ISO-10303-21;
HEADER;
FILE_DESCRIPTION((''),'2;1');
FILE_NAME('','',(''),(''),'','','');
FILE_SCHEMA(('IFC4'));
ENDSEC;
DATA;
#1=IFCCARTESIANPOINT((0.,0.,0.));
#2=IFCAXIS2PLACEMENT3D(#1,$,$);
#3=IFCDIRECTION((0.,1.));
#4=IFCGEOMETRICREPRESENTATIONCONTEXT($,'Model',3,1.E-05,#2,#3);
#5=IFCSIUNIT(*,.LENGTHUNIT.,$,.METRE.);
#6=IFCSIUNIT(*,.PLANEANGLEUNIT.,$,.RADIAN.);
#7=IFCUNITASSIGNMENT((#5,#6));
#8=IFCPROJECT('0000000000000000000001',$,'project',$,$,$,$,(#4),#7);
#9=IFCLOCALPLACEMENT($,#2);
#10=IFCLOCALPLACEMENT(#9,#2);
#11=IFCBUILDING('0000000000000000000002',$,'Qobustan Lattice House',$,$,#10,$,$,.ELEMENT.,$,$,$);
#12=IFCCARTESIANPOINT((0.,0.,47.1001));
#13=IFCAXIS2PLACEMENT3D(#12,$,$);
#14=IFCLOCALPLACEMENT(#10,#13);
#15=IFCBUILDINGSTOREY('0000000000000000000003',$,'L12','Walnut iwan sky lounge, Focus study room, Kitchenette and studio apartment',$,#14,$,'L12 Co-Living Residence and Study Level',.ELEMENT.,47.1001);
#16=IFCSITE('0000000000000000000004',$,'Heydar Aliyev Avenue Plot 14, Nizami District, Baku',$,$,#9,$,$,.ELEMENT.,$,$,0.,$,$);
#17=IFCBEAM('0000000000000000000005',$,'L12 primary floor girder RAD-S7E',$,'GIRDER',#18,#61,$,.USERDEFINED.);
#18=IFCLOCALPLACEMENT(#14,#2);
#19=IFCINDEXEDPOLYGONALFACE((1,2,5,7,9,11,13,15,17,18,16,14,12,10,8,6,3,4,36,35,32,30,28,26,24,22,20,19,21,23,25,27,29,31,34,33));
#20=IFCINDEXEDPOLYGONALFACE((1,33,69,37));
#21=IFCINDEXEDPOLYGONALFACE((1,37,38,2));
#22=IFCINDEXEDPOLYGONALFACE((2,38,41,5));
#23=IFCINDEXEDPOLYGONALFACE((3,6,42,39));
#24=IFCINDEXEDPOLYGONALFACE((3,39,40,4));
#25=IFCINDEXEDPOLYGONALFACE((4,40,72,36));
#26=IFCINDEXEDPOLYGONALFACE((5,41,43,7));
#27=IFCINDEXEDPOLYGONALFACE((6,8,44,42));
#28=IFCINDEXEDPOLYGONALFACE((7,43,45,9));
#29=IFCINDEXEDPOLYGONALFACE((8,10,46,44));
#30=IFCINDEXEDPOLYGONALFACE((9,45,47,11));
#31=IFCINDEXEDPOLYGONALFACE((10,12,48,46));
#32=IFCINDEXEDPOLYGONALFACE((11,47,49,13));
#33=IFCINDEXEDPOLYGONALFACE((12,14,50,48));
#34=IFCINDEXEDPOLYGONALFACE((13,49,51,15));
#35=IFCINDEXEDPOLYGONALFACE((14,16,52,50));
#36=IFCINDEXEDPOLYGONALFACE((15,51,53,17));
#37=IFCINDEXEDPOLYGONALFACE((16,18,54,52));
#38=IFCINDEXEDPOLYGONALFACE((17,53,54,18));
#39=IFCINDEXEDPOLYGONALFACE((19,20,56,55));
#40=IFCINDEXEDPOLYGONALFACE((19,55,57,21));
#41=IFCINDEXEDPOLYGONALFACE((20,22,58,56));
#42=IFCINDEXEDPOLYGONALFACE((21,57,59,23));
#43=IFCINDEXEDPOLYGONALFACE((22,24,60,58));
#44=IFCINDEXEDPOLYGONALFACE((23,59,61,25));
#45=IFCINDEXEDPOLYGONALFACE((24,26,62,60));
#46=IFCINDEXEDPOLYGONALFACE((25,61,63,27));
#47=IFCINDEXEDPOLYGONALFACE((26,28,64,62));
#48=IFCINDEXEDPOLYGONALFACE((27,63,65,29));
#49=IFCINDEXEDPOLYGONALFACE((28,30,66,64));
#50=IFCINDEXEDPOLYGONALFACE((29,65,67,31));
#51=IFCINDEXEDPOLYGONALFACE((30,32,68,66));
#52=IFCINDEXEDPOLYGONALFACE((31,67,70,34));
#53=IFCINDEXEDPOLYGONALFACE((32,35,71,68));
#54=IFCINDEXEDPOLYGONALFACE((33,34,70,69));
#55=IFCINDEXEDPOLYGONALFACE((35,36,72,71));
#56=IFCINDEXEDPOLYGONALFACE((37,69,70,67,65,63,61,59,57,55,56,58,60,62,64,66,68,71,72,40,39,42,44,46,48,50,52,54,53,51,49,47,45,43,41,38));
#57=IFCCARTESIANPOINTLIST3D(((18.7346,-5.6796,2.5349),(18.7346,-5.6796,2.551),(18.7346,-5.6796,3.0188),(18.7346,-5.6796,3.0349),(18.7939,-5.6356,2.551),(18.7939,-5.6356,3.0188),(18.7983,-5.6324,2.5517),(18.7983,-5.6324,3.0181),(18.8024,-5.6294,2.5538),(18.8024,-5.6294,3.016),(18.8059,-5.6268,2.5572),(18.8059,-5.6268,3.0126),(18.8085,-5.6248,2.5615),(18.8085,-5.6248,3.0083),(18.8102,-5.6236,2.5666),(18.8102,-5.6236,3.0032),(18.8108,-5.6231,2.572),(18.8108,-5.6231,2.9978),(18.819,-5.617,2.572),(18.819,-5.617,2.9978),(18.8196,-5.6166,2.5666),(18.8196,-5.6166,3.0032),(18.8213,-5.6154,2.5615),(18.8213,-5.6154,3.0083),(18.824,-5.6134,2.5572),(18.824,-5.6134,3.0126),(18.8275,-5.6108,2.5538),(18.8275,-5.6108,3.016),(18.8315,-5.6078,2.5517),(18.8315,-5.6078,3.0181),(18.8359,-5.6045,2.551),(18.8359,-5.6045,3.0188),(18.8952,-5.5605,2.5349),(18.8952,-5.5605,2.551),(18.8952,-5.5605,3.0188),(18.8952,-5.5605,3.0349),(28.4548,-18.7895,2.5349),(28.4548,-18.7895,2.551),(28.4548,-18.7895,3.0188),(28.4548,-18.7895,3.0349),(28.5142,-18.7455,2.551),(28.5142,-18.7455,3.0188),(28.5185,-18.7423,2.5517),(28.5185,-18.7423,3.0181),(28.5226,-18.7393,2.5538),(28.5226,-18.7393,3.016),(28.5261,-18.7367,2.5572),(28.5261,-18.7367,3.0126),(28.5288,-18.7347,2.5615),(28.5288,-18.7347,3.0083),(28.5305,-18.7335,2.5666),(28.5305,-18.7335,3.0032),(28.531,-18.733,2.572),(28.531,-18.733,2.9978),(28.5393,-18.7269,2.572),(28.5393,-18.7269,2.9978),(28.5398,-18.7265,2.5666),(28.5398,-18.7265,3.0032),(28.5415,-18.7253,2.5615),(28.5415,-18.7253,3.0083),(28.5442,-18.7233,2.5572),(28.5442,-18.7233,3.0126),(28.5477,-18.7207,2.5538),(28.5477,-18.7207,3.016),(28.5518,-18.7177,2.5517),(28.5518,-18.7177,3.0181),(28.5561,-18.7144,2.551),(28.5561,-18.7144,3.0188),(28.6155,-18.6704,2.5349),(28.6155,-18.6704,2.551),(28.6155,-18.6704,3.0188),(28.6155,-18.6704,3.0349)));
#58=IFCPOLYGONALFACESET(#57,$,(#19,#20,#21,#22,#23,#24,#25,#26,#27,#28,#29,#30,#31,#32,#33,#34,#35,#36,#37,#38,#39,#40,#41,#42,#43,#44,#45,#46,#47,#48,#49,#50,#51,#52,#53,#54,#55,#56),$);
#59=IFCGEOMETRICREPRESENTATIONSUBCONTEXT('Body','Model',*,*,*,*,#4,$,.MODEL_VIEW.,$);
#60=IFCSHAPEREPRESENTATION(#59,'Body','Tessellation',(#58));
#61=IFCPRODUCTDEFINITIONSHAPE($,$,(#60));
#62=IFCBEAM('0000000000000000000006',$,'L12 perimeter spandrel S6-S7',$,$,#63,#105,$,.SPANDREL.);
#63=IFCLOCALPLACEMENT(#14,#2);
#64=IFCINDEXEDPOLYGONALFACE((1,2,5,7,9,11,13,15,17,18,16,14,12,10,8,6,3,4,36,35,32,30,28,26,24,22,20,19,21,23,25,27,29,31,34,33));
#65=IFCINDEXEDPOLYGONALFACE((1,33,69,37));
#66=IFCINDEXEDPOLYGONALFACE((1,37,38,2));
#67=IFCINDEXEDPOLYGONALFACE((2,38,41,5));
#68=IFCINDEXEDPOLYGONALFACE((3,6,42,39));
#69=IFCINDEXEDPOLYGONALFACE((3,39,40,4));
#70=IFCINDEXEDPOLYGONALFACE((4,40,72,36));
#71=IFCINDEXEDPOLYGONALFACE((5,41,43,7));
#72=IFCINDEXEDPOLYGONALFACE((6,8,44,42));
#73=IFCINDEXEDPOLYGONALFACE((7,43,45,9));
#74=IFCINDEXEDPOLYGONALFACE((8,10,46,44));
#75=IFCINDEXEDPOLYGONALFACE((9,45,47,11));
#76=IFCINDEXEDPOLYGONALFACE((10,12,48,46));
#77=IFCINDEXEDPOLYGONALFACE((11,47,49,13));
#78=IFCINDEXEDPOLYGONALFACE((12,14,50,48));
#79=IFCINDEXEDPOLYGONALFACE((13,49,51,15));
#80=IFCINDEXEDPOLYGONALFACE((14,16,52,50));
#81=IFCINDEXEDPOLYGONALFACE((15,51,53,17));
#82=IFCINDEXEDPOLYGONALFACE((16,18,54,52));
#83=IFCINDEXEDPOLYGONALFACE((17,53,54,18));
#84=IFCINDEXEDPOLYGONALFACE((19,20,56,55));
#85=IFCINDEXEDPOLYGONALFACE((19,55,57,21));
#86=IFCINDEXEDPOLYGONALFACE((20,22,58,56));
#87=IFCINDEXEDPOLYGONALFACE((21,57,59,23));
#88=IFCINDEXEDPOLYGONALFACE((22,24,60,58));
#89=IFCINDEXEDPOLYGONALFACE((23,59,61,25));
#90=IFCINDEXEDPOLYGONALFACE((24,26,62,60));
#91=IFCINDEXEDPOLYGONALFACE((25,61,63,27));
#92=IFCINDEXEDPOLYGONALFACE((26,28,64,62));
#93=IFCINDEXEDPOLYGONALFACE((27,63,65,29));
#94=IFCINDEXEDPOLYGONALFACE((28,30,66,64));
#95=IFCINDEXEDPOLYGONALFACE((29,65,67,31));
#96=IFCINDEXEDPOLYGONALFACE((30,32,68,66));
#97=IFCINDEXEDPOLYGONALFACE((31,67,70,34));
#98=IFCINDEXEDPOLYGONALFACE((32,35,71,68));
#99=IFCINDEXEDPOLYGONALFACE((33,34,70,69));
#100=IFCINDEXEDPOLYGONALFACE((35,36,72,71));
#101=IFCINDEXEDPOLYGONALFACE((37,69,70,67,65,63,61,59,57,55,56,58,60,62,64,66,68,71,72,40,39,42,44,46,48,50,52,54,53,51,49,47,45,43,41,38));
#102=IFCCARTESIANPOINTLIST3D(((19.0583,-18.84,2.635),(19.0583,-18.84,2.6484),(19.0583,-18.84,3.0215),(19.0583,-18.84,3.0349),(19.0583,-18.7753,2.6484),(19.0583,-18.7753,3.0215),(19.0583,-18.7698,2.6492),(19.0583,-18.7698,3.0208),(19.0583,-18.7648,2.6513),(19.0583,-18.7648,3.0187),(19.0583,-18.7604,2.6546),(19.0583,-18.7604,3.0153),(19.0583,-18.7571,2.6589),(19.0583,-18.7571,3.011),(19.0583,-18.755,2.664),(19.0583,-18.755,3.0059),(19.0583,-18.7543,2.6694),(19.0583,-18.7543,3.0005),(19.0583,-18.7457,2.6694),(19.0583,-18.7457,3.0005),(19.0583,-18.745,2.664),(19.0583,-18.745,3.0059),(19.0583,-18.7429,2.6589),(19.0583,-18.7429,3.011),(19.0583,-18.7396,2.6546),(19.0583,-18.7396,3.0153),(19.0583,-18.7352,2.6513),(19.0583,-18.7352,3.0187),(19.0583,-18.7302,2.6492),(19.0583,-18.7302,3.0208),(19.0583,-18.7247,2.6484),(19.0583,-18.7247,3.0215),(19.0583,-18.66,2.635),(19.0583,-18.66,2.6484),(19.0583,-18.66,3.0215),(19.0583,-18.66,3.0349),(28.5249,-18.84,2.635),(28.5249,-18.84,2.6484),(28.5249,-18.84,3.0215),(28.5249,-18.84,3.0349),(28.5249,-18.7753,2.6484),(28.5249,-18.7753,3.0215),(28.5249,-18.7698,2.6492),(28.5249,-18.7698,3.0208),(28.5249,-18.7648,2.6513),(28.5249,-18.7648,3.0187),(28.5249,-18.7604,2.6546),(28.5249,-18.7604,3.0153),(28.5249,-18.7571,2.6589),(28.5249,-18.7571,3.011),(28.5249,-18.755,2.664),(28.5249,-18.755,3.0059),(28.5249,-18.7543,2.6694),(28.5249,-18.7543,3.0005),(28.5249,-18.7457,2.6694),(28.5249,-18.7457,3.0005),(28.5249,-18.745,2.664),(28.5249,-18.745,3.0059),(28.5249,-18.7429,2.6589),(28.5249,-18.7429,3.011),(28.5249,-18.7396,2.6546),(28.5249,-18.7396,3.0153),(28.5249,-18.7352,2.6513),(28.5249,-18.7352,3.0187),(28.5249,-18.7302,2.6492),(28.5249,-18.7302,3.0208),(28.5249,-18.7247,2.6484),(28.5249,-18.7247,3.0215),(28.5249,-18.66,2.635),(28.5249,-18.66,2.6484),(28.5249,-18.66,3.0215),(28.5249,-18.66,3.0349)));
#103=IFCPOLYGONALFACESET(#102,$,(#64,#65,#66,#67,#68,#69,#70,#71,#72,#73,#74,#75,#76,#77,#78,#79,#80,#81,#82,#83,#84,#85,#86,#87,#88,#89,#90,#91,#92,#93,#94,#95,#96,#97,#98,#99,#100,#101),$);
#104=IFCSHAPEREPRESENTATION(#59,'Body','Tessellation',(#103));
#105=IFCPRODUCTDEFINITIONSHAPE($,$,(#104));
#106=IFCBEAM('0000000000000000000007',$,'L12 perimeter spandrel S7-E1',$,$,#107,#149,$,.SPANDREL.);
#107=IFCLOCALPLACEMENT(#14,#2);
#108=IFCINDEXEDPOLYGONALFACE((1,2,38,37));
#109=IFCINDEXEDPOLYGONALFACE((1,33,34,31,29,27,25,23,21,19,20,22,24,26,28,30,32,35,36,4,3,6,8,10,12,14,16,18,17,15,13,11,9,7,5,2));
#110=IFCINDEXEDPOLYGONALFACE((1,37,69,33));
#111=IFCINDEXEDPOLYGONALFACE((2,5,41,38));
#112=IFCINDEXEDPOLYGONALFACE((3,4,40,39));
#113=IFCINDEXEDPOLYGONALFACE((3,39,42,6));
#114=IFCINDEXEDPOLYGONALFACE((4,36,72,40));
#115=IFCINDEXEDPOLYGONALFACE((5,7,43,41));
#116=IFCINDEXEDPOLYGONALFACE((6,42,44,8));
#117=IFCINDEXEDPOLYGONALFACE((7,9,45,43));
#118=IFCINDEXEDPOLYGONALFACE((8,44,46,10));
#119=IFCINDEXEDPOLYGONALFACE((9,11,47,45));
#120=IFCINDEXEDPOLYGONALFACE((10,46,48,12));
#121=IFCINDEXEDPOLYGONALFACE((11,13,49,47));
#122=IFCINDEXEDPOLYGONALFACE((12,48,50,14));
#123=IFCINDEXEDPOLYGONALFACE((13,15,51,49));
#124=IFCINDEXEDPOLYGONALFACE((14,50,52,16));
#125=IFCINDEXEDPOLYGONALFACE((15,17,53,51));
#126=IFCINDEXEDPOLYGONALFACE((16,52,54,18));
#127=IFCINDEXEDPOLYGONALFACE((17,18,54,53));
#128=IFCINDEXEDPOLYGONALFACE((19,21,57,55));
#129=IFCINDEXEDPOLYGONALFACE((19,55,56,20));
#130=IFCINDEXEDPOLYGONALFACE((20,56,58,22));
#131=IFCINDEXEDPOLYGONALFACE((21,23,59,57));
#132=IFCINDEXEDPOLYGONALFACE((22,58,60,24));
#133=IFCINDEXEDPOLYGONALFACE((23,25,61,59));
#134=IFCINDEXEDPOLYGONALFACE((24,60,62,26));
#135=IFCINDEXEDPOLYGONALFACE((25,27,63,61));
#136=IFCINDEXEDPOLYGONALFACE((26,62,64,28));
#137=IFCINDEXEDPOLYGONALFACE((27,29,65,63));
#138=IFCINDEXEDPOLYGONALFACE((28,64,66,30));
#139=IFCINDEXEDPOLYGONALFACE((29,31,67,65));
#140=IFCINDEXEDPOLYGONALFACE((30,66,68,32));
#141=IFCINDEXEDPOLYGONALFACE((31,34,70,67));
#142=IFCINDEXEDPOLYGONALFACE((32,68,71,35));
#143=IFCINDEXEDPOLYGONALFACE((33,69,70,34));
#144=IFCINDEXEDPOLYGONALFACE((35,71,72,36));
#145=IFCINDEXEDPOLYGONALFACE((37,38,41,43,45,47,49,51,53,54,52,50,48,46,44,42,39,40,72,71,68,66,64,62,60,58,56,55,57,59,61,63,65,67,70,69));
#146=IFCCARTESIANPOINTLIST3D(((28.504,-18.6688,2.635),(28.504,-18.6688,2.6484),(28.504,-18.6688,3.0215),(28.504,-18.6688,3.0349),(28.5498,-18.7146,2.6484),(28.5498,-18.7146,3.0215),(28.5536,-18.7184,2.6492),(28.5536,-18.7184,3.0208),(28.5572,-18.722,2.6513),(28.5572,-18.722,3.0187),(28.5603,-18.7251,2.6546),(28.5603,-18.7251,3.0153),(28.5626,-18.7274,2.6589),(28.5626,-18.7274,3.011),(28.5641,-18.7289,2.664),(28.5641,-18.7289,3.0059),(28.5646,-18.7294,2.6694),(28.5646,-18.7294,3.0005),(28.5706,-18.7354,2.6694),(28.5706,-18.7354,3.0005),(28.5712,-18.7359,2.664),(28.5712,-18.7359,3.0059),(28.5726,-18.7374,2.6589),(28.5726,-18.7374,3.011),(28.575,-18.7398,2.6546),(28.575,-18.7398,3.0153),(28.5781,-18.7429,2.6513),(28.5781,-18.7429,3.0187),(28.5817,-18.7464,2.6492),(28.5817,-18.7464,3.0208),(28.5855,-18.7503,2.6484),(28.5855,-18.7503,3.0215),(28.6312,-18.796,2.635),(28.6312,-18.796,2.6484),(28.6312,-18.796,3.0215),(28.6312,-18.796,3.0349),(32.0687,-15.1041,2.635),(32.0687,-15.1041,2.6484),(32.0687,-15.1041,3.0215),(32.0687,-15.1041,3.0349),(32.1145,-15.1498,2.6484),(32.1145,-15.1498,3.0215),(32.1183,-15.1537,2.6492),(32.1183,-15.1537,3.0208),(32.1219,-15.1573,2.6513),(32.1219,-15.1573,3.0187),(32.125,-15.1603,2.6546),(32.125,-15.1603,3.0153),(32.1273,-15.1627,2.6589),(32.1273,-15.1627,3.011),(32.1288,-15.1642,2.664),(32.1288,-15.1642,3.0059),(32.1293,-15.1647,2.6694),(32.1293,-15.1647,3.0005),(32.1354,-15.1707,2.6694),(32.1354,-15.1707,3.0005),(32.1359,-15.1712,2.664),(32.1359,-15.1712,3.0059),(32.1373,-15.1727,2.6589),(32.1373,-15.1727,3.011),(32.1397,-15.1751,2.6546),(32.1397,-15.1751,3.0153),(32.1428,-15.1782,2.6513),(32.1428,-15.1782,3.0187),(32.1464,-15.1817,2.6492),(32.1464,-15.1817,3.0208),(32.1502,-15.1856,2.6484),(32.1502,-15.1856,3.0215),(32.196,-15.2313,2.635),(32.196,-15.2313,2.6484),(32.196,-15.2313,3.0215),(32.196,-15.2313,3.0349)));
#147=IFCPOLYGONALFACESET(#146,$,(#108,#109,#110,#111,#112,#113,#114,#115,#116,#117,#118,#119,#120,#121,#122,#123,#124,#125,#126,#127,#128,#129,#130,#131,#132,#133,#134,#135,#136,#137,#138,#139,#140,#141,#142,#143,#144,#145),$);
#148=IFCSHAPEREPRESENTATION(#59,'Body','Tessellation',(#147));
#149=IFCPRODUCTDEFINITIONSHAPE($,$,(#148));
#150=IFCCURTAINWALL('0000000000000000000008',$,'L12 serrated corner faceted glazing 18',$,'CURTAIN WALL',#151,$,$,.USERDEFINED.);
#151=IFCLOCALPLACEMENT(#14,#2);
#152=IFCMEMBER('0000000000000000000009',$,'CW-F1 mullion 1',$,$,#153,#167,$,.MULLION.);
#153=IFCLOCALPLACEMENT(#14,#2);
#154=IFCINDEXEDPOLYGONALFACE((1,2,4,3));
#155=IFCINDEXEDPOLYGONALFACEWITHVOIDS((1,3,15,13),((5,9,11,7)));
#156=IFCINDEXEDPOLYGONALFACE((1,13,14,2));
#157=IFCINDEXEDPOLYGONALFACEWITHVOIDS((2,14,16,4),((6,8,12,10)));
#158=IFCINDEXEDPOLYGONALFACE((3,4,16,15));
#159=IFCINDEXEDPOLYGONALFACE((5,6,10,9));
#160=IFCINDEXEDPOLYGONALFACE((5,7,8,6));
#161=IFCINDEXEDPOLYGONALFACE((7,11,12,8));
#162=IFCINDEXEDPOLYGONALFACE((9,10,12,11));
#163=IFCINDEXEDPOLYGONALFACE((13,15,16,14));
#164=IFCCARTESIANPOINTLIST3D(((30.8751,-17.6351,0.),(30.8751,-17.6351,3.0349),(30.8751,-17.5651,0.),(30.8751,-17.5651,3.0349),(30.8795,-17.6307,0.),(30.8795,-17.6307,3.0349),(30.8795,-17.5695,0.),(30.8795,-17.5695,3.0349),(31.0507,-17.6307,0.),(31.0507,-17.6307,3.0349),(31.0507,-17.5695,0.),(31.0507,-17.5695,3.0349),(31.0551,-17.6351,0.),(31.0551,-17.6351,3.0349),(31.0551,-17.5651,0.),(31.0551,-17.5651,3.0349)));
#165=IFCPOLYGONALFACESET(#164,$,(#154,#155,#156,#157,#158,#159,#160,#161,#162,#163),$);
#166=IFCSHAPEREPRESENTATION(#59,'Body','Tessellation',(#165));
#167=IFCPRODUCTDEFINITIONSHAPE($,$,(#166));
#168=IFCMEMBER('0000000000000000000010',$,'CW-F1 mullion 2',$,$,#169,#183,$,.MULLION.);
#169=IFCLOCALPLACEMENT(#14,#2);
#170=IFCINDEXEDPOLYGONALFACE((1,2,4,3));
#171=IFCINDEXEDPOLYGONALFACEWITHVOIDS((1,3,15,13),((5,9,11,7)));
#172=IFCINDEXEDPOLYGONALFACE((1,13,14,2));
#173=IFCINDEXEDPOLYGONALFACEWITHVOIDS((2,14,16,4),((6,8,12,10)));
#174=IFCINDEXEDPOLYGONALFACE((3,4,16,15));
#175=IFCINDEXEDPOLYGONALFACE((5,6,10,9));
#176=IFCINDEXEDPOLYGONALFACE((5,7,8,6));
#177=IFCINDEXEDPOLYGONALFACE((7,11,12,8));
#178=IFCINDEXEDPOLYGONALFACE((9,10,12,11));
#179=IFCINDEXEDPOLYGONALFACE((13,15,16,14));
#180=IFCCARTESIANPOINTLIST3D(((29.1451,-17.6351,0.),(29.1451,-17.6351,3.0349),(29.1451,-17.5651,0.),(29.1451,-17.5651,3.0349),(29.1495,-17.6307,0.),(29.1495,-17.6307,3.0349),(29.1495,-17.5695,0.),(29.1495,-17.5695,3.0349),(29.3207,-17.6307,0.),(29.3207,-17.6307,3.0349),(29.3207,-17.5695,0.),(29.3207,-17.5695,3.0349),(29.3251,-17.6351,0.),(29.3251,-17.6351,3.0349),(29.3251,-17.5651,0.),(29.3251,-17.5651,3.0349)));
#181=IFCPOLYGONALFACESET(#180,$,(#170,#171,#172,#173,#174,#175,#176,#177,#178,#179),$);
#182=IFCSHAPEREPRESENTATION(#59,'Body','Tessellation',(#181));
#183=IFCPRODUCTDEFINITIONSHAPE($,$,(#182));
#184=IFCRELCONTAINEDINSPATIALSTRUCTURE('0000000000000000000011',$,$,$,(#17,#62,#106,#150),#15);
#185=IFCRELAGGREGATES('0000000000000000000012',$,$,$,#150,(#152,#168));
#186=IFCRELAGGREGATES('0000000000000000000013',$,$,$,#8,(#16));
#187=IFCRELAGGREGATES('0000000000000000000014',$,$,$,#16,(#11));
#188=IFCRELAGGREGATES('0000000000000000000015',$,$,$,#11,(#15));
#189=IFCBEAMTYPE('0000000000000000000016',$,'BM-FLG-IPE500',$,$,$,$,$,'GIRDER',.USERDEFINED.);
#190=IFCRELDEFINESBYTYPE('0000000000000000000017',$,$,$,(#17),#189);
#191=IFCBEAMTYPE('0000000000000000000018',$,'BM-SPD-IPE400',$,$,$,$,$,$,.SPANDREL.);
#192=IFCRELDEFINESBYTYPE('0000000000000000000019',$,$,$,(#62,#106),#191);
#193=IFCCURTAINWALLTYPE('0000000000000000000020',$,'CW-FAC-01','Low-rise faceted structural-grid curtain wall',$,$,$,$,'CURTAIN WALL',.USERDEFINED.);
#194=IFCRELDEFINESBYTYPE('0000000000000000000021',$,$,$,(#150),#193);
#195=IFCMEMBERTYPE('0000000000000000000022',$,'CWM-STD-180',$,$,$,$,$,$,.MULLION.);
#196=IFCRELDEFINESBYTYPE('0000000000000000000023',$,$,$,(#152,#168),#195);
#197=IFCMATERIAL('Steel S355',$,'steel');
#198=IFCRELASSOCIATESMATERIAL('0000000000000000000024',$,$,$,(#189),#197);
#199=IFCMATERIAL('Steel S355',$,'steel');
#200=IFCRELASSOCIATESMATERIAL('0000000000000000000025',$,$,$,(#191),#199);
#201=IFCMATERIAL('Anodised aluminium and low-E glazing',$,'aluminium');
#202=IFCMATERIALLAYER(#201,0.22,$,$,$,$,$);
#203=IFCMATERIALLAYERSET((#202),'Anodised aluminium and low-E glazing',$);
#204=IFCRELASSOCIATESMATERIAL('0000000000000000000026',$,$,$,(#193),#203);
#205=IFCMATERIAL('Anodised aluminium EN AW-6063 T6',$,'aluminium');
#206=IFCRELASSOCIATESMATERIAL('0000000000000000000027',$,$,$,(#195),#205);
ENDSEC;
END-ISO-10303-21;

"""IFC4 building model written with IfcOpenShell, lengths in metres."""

from ifc_helpers import new_model, si_unit, direction, frame, origin, origin_2d, place, context, subcontext, project, spatial, hollow_rectangle, i_section, extrude, material, layer, layer_set, material_profile, profile_set, type_object, element, aggregate, save


model = new_model("IFC4")

# Units and contexts
model_context = context("Model", 3, precision=1e-05, world=origin(), true_north=direction((0.0, 1.0)))
body_context = subcontext(model_context, "Body", "Model", "MODEL_VIEW")
ifc_project = project(units=[si_unit("LENGTHUNIT", "METRE"), si_unit("PLANEANGLEUNIT", "RADIAN")], contexts=[model_context])

# Site, building, storey
site_placement = place(None, origin())
site = spatial("IfcSite", under=ifc_project, at=site_placement, Name="Heydar Aliyev Avenue Plot 14, Nizami District, Baku", CompositionType="ELEMENT", RefElevation=0.0)
building_placement = place(site_placement, origin())
building = spatial("IfcBuilding", under=site, at=building_placement, Name="Qobustan Lattice House", CompositionType="ELEMENT")
storey_placement = place(building_placement, frame((0.0, 0.0, 47.1001)))
storey = spatial("IfcBuildingStorey", under=building, at=storey_placement, Name="L12", Description="Walnut iwan sky lounge, Focus study room, Kitchenette and studio apartment", LongName="L12 Co-Living Residence and Study Level", CompositionType="ELEMENT", Elevation=47.1001)

# Beams
ifc_material_1 = material(Name="Steel S355", Category="steel")
ifc_material_profile_1 = material_profile(ifc_material_1, i_section(OverallWidth=0.2, OverallDepth=0.5, WebThickness=0.0103, FlangeThickness=0.0161, FilletRadius=0.021, at=origin_2d()), Name="IPE500")
ifc_profile_set_1 = profile_set([ifc_material_profile_1], Name="Steel S355")
beam_type_1 = type_object("IfcBeamType", Name="BM-FLG-IPE500", ElementType="GIRDER", PredefinedType="USERDEFINED", material=ifc_profile_set_1)
beam_1_placement = place(storey_placement, frame((28.5352, -18.73, 2.7849), z_axis=(-0.595592, 0.803287, 0.0), x_axis=(-0.803287, -0.595592, 0.0)))
element("IfcBeam", 1, at=beam_1_placement, inside=storey, type_object=beam_type_1, Name="L12 primary floor girder RAD-S7E", ObjectType="GIRDER", PredefinedType="USERDEFINED", context=body_context, shape_type="SweptSolid", body=[
    extrude(i_section(OverallWidth=0.2, OverallDepth=0.5, WebThickness=0.0103, FlangeThickness=0.0161, FilletRadius=0.021, at=origin_2d()), origin(), (0.0, 0.0, 1.0), 16.3203),
])
ifc_material_2 = material(Name="Steel S355", Category="steel")
ifc_material_profile_2 = material_profile(ifc_material_2, i_section(OverallWidth=0.1799, OverallDepth=0.3999, WebThickness=0.0085, FlangeThickness=0.0134, FilletRadius=0.021, at=origin_2d()), Name="IPE400")
ifc_profile_set_2 = profile_set([ifc_material_profile_2], Name="Steel S355")
beam_type_2 = type_object("IfcBeamType", Name="BM-SPD-IPE400", PredefinedType="SPANDREL", material=ifc_profile_set_2)
beam_2_placement = place(storey_placement, frame((19.0583, -18.75, 2.835), z_axis=(1.0, 0.0, 0.0), x_axis=(0.0, 1.0, 0.0)))
element("IfcBeam", 2, at=beam_2_placement, inside=storey, type_object=beam_type_2, Name="L12 perimeter spandrel S6-S7", PredefinedType="SPANDREL", context=body_context, shape_type="SweptSolid", body=[
    extrude(i_section(OverallWidth=0.1799, OverallDepth=0.3999, WebThickness=0.0085, FlangeThickness=0.0134, FilletRadius=0.021, at=origin_2d()), origin(), (0.0, 0.0, 1.0), 9.4666),
])
beam_3_placement = place(storey_placement, frame((28.5676, -18.7324, 2.835), z_axis=(0.707107, 0.707107, 0.0), x_axis=(-0.707107, 0.707107, 0.0)))
element("IfcBeam", 3, at=beam_3_placement, inside=storey, type_object=beam_type_2, Name="L12 perimeter spandrel S7-E1", PredefinedType="SPANDREL", context=body_context, shape_type="SweptSolid", body=[
    extrude(i_section(OverallWidth=0.1799, OverallDepth=0.3999, WebThickness=0.0085, FlangeThickness=0.0134, FilletRadius=0.021, at=origin_2d()), origin(), (0.0, 0.0, 1.0), 5.0413),
])

# Curtain wall, members
ifc_material_3 = material(Name="Anodised aluminium and low-E glazing", Category="aluminium")
ifc_layer_1 = layer(ifc_material_3, 0.22)
ifc_layer_set_1 = layer_set([ifc_layer_1], Name="Anodised aluminium and low-E glazing")
curtain_wall_type = type_object("IfcCurtainWallType", Name="CW-FAC-01", Description="Low-rise faceted structural-grid curtain wall", ElementType="CURTAIN WALL", PredefinedType="USERDEFINED", material=ifc_layer_set_1)
curtain_wall_placement = place(storey_placement, origin())
curtain_wall = element("IfcCurtainWall", 4, at=curtain_wall_placement, inside=storey, type_object=curtain_wall_type, Name="L12 serrated corner faceted glazing 18", ObjectType="CURTAIN WALL", PredefinedType="USERDEFINED")
ifc_material_4 = material(Name="Anodised aluminium EN AW-6063 T6", Category="aluminium")
ifc_material_profile_3 = material_profile(ifc_material_4, hollow_rectangle(XDim=0.0701, YDim=0.1799, WallThickness=0.0044, at=origin_2d()), Name="CWM-180x70")
ifc_profile_set_3 = profile_set([ifc_material_profile_3], Name="Anodised aluminium EN AW-6063 T6")
member_type_1 = type_object("IfcMemberType", Name="CWM-STD-180", PredefinedType="MULLION", material=ifc_profile_set_3)
member_1_placement = place(storey_placement, frame((30.9651, -17.6001, 0.0), z_axis=(0.0, 0.0, 1.0), x_axis=(0.0, -1.0, 0.0)))
member_1 = element("IfcMember", 5, at=member_1_placement, type_object=member_type_1, Name="CW-F1 mullion 1", PredefinedType="MULLION", context=body_context, shape_type="SweptSolid", body=[
    extrude(hollow_rectangle(XDim=0.0701, YDim=0.1799, WallThickness=0.0044, at=origin_2d()), origin(), (0.0, 0.0, 1.0), 3.0349),
])
member_2_placement = place(storey_placement, frame((29.2351, -17.6001, 0.0), z_axis=(0.0, 0.0, 1.0), x_axis=(0.0, -1.0, 0.0)))
member_2 = element("IfcMember", 6, at=member_2_placement, type_object=member_type_1, Name="CW-F1 mullion 2", PredefinedType="MULLION", context=body_context, shape_type="SweptSolid", body=[
    extrude(hollow_rectangle(XDim=0.0701, YDim=0.1799, WallThickness=0.0044, at=origin_2d()), origin(), (0.0, 0.0, 1.0), 3.0349),
])
aggregate(curtain_wall, [member_1, member_2])

save(model, "model.ifc")
